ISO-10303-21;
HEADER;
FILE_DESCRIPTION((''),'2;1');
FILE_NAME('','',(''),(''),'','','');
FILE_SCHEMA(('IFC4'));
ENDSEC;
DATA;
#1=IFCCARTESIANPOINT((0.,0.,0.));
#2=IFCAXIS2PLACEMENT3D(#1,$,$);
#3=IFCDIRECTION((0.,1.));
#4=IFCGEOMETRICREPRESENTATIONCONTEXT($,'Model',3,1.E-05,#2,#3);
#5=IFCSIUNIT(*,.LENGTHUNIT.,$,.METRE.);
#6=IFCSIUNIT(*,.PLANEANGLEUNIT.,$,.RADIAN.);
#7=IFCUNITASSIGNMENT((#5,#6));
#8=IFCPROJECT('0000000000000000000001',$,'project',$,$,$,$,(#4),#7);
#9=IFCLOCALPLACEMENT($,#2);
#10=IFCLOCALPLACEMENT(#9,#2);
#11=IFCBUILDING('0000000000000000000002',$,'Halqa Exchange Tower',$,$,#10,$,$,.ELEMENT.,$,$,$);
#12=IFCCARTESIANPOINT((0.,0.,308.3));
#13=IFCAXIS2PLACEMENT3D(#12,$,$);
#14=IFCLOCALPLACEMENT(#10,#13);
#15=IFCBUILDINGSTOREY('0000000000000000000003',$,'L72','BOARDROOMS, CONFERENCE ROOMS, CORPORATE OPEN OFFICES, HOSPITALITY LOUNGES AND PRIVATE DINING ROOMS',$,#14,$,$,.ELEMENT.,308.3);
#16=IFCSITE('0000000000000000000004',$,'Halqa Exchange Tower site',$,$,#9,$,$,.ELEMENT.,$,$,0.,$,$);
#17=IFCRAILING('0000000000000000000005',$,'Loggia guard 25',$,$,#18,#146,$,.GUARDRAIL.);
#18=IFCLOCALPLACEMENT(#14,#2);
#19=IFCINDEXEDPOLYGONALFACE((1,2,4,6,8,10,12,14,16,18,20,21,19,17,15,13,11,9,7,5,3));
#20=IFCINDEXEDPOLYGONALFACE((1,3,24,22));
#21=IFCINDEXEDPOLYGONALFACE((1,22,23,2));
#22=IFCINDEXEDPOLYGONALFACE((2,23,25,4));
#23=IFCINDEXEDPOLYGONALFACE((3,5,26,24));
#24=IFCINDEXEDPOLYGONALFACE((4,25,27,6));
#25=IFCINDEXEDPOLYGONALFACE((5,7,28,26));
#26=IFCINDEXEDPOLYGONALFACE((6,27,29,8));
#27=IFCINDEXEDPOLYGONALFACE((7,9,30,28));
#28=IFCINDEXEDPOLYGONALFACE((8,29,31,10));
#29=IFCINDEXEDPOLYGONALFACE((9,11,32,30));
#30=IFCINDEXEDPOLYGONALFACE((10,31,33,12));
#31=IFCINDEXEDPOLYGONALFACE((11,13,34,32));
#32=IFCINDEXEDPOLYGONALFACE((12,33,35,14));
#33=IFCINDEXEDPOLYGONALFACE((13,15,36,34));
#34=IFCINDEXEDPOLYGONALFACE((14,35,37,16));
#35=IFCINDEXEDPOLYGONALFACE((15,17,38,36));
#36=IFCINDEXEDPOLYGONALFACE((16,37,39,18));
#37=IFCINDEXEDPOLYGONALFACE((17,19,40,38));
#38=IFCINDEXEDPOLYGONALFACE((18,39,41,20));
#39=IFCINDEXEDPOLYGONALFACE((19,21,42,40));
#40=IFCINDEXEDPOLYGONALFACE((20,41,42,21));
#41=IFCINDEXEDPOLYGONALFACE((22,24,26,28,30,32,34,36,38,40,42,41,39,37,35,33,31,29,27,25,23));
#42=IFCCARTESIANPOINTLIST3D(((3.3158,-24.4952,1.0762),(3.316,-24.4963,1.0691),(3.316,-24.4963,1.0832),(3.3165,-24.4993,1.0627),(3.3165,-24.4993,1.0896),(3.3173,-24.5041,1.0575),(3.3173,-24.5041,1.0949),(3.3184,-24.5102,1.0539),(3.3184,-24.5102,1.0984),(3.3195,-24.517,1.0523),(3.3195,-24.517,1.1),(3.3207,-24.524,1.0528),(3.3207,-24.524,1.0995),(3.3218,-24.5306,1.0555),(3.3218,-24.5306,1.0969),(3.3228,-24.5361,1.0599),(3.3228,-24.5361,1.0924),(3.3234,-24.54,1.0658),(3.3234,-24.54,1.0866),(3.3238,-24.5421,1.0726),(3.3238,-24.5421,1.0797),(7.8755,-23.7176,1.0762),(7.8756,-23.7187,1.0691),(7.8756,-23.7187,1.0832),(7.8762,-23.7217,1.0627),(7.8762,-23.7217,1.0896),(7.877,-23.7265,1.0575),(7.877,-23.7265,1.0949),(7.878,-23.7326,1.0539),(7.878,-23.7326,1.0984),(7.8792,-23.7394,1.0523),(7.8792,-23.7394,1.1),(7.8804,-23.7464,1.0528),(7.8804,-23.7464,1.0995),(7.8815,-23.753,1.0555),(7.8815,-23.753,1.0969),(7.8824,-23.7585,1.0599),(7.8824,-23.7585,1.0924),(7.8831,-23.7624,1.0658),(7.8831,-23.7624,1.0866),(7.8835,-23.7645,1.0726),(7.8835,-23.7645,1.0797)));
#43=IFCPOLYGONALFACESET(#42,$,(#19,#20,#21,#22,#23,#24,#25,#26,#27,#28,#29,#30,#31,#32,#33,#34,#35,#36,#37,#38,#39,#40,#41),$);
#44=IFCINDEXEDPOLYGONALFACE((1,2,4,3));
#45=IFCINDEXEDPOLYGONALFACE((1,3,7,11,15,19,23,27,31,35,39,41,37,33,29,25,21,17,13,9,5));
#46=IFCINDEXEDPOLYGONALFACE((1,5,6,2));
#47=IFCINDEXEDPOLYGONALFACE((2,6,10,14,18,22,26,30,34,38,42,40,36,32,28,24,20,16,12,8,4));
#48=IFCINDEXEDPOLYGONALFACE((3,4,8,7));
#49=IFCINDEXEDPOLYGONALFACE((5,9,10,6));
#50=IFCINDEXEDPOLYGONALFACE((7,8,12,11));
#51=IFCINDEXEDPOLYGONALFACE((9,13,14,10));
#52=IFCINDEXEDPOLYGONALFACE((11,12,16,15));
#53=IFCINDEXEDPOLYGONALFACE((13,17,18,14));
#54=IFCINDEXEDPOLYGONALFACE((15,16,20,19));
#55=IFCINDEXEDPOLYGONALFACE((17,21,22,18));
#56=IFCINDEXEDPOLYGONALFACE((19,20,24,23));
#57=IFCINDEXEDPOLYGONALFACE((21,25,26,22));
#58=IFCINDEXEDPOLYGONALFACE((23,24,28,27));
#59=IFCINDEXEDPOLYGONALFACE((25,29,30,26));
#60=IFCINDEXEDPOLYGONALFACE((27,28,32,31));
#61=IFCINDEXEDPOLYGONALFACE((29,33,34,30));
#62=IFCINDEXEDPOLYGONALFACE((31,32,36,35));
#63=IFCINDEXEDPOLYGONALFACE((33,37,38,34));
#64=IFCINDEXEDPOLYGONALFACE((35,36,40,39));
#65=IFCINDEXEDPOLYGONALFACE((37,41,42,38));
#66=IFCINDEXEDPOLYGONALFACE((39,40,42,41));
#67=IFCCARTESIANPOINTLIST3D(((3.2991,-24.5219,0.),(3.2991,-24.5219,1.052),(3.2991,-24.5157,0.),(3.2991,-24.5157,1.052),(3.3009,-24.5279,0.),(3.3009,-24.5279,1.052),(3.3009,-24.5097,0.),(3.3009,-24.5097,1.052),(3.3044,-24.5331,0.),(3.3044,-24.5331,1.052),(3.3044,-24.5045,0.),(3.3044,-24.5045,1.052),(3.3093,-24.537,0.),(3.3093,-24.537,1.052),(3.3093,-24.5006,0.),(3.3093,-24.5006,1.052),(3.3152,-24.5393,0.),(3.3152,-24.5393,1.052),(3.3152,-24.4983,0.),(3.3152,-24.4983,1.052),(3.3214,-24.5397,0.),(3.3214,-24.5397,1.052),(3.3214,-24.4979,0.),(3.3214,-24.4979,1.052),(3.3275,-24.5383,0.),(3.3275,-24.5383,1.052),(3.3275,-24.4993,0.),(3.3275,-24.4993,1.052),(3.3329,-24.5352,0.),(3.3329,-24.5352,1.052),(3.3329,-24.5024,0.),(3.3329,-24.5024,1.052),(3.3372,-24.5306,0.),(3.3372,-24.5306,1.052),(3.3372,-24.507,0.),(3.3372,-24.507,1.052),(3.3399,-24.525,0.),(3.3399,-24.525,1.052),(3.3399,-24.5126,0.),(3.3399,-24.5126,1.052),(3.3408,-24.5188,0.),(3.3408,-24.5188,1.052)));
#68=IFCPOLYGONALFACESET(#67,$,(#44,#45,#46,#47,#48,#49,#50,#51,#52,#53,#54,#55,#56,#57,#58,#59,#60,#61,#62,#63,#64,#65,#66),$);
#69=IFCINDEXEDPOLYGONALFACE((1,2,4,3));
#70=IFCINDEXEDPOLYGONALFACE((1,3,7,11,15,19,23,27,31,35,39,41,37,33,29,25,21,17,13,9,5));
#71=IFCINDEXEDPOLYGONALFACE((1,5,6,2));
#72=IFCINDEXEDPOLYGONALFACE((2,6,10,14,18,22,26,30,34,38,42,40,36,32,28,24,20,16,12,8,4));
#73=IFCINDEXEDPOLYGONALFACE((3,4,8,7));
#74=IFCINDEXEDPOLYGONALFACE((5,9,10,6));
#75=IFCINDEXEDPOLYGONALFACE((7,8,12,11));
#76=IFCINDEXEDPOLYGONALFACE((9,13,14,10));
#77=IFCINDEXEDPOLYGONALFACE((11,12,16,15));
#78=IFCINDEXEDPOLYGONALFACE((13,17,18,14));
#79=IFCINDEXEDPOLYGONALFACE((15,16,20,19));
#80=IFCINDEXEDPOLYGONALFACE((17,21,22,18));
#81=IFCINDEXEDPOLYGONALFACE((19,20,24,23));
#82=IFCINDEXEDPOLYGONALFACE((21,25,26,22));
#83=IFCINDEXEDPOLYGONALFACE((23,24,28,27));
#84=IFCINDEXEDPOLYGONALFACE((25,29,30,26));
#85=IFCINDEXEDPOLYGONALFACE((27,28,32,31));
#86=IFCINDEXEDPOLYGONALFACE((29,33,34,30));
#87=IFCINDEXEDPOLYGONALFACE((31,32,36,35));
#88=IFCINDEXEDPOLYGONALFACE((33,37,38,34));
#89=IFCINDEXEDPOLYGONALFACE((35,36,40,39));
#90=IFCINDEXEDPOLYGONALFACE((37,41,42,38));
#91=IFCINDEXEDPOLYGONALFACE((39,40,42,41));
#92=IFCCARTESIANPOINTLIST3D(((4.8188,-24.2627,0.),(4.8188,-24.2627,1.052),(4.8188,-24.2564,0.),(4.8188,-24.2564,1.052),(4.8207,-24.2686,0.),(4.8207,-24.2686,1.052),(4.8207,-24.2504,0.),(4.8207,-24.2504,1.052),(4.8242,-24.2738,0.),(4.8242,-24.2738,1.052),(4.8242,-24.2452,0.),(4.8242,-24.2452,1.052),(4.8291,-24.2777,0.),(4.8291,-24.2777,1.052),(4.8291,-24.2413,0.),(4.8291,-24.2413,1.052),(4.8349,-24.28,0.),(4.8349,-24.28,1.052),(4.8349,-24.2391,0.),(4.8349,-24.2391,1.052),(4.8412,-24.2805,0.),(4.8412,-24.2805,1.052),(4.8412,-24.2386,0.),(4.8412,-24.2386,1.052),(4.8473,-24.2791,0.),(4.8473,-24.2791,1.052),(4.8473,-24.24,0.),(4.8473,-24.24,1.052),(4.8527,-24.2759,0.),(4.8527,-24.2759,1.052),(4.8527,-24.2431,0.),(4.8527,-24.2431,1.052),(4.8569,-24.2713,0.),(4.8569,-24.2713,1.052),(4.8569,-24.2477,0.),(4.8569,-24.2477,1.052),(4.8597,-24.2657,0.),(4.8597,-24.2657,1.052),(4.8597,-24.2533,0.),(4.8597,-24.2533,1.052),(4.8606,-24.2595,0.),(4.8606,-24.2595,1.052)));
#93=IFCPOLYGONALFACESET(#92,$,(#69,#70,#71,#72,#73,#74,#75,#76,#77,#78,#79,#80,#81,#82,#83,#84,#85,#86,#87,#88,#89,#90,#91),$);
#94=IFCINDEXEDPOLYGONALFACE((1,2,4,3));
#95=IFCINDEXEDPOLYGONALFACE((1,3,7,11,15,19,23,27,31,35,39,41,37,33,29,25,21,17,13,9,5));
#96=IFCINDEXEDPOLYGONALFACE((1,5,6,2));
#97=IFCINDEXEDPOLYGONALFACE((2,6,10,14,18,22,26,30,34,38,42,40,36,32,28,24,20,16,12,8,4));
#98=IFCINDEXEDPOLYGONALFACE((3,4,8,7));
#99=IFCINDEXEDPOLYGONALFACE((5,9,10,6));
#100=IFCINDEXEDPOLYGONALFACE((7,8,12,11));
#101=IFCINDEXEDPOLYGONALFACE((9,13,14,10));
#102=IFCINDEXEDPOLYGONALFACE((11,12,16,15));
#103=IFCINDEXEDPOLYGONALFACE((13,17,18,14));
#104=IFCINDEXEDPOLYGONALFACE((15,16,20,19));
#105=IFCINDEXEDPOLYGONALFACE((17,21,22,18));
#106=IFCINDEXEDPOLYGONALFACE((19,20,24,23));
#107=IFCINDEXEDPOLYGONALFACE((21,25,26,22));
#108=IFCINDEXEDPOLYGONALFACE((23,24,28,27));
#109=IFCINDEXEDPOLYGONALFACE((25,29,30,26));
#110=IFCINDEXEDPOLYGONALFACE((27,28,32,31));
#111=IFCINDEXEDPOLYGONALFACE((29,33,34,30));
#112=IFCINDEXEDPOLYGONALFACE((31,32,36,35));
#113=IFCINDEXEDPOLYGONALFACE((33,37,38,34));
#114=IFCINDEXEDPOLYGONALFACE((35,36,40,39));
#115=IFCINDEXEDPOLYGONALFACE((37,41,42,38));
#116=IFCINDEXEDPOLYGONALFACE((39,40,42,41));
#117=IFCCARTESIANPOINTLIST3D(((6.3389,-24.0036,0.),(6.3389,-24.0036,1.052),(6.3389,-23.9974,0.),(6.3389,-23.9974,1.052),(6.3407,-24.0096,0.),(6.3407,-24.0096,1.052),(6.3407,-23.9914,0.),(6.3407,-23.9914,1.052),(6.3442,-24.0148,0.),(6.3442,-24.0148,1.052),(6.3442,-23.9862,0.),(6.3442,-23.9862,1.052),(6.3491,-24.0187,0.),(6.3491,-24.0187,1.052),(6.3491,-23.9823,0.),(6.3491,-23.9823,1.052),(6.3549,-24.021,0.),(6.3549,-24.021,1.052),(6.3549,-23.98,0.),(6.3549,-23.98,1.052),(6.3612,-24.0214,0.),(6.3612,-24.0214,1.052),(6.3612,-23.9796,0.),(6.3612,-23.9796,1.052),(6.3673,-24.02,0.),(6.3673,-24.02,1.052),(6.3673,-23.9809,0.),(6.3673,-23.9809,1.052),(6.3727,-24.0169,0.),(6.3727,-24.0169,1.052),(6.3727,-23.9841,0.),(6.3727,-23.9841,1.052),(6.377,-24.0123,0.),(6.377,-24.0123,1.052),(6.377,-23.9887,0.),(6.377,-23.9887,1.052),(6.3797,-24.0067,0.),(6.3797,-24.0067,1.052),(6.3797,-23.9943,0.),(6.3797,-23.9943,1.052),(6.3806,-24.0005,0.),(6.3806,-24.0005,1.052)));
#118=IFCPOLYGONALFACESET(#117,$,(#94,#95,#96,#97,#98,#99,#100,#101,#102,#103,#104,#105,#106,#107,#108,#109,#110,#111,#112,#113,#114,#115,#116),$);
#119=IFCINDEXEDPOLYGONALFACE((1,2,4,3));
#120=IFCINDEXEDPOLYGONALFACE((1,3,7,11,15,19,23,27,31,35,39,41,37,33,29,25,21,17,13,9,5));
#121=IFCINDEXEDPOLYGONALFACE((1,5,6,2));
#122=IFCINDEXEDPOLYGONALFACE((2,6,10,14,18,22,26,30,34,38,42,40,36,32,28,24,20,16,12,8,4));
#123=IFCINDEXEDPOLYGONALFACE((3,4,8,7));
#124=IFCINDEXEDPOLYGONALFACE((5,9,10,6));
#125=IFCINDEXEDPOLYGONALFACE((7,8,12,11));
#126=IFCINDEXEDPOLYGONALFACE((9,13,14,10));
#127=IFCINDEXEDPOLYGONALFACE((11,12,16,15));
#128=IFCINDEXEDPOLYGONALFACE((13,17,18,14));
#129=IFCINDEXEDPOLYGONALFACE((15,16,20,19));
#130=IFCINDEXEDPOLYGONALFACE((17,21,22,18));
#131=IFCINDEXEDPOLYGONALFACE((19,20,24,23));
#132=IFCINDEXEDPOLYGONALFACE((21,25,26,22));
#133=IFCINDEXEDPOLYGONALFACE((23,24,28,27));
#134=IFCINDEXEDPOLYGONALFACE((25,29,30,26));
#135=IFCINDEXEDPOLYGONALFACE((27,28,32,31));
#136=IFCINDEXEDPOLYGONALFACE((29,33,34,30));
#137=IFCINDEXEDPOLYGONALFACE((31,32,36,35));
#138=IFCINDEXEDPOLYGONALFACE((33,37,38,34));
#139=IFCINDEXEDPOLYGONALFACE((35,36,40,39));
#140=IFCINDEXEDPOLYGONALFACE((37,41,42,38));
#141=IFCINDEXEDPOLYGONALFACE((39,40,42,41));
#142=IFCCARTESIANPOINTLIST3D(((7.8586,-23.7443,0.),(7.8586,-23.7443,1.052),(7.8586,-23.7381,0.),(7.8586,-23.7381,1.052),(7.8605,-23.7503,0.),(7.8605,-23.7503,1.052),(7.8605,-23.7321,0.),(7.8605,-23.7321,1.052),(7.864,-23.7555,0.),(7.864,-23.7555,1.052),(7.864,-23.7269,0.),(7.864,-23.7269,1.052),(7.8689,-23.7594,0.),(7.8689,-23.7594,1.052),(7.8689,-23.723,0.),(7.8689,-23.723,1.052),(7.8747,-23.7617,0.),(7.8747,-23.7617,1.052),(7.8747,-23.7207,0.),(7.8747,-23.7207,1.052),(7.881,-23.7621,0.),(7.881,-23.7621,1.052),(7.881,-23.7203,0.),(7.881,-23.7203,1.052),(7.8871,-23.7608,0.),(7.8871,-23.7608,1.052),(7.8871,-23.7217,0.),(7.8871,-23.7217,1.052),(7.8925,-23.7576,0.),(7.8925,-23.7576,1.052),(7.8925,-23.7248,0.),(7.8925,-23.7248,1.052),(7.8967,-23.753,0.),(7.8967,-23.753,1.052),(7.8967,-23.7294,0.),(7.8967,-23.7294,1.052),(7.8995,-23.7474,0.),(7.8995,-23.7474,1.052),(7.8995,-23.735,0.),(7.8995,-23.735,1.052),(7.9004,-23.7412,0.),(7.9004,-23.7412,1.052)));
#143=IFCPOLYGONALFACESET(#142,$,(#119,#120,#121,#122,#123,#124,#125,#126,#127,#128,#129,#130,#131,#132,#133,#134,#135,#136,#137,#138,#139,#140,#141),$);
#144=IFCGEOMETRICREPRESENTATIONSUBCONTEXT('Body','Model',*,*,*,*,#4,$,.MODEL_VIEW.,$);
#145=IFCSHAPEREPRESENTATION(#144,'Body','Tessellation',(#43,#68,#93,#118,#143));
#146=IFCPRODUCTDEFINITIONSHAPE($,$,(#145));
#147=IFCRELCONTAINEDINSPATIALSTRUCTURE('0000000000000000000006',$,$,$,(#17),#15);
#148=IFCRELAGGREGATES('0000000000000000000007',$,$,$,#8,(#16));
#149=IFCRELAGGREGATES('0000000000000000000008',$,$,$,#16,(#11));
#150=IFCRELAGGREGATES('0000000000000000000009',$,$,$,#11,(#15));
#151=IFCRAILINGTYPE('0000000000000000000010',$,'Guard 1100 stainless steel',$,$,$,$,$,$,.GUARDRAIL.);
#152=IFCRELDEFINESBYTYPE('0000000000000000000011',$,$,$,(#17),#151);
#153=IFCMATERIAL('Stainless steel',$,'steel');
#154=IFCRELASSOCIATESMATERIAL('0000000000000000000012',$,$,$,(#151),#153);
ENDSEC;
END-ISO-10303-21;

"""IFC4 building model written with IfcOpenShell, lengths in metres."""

from ifc_helpers import new_model, si_unit, direction, frame, origin, origin_2d, place, context, subcontext, project, spatial, circle, extrude, material, type_object, element, save


model = new_model("IFC4")

# Units and contexts
model_context = context("Model", 3, precision=1e-05, world=origin(), true_north=direction((0.0, 1.0)))
body_context = subcontext(model_context, "Body", "Model", "MODEL_VIEW")
ifc_project = project(units=[si_unit("LENGTHUNIT", "METRE"), si_unit("PLANEANGLEUNIT", "RADIAN")], contexts=[model_context])

# Site, building, storey
site_placement = place(None, origin())
site = spatial("IfcSite", under=ifc_project, at=site_placement, Name="Halqa Exchange Tower site", CompositionType="ELEMENT", RefElevation=0.0)
building_placement = place(site_placement, origin())
building = spatial("IfcBuilding", under=site, at=building_placement, Name="Halqa Exchange Tower", CompositionType="ELEMENT")
storey_placement = place(building_placement, frame((0.0, 0.0, 308.3)))
storey = spatial("IfcBuildingStorey", under=building, at=storey_placement, Name="L72", Description="BOARDROOMS, CONFERENCE ROOMS, CORPORATE OPEN OFFICES, HOSPITALITY LOUNGES AND PRIVATE DINING ROOMS", CompositionType="ELEMENT", Elevation=308.3)

# Railing
ifc_material_1 = material(Name="Stainless steel", Category="steel")
railing_type = type_object("IfcRailingType", Name="Guard 1100 stainless steel", PredefinedType="GUARDRAIL", material=ifc_material_1)
railing_1_placement = place(storey_placement, frame((3.3198, -24.5188, 0.0)))
element("IfcRailing", 1, at=railing_1_placement, inside=storey, type_object=railing_type, Name="Loggia guard 25", PredefinedType="GUARDRAIL", context=body_context, shape_type="SweptSolid", body=[
    extrude(circle(Radius=0.0239, at=origin_2d()), frame((0.0, 0.0, 1.0762), z_axis=(0.985768, 0.168113, 0.0), x_axis=(-0.168113, 0.985768, 0.0)), (0.0, 0.0, 1.0), 4.6255),
    extrude(circle(Radius=0.021, at=origin_2d()), origin(), (0.0, 0.0, 1.0), 1.052),
    extrude(circle(Radius=0.021, at=origin_2d()), frame((1.5198, 0.2593, 0.0)), (0.0, 0.0, 1.0), 1.052),
    extrude(circle(Radius=0.021, at=origin_2d()), frame((3.0398, 0.5183, 0.0)), (0.0, 0.0, 1.0), 1.052),
    extrude(circle(Radius=0.021, at=origin_2d()), frame((4.5596, 0.7776, 0.0)), (0.0, 0.0, 1.0), 1.052),
])

save(model, "model.ifc")
